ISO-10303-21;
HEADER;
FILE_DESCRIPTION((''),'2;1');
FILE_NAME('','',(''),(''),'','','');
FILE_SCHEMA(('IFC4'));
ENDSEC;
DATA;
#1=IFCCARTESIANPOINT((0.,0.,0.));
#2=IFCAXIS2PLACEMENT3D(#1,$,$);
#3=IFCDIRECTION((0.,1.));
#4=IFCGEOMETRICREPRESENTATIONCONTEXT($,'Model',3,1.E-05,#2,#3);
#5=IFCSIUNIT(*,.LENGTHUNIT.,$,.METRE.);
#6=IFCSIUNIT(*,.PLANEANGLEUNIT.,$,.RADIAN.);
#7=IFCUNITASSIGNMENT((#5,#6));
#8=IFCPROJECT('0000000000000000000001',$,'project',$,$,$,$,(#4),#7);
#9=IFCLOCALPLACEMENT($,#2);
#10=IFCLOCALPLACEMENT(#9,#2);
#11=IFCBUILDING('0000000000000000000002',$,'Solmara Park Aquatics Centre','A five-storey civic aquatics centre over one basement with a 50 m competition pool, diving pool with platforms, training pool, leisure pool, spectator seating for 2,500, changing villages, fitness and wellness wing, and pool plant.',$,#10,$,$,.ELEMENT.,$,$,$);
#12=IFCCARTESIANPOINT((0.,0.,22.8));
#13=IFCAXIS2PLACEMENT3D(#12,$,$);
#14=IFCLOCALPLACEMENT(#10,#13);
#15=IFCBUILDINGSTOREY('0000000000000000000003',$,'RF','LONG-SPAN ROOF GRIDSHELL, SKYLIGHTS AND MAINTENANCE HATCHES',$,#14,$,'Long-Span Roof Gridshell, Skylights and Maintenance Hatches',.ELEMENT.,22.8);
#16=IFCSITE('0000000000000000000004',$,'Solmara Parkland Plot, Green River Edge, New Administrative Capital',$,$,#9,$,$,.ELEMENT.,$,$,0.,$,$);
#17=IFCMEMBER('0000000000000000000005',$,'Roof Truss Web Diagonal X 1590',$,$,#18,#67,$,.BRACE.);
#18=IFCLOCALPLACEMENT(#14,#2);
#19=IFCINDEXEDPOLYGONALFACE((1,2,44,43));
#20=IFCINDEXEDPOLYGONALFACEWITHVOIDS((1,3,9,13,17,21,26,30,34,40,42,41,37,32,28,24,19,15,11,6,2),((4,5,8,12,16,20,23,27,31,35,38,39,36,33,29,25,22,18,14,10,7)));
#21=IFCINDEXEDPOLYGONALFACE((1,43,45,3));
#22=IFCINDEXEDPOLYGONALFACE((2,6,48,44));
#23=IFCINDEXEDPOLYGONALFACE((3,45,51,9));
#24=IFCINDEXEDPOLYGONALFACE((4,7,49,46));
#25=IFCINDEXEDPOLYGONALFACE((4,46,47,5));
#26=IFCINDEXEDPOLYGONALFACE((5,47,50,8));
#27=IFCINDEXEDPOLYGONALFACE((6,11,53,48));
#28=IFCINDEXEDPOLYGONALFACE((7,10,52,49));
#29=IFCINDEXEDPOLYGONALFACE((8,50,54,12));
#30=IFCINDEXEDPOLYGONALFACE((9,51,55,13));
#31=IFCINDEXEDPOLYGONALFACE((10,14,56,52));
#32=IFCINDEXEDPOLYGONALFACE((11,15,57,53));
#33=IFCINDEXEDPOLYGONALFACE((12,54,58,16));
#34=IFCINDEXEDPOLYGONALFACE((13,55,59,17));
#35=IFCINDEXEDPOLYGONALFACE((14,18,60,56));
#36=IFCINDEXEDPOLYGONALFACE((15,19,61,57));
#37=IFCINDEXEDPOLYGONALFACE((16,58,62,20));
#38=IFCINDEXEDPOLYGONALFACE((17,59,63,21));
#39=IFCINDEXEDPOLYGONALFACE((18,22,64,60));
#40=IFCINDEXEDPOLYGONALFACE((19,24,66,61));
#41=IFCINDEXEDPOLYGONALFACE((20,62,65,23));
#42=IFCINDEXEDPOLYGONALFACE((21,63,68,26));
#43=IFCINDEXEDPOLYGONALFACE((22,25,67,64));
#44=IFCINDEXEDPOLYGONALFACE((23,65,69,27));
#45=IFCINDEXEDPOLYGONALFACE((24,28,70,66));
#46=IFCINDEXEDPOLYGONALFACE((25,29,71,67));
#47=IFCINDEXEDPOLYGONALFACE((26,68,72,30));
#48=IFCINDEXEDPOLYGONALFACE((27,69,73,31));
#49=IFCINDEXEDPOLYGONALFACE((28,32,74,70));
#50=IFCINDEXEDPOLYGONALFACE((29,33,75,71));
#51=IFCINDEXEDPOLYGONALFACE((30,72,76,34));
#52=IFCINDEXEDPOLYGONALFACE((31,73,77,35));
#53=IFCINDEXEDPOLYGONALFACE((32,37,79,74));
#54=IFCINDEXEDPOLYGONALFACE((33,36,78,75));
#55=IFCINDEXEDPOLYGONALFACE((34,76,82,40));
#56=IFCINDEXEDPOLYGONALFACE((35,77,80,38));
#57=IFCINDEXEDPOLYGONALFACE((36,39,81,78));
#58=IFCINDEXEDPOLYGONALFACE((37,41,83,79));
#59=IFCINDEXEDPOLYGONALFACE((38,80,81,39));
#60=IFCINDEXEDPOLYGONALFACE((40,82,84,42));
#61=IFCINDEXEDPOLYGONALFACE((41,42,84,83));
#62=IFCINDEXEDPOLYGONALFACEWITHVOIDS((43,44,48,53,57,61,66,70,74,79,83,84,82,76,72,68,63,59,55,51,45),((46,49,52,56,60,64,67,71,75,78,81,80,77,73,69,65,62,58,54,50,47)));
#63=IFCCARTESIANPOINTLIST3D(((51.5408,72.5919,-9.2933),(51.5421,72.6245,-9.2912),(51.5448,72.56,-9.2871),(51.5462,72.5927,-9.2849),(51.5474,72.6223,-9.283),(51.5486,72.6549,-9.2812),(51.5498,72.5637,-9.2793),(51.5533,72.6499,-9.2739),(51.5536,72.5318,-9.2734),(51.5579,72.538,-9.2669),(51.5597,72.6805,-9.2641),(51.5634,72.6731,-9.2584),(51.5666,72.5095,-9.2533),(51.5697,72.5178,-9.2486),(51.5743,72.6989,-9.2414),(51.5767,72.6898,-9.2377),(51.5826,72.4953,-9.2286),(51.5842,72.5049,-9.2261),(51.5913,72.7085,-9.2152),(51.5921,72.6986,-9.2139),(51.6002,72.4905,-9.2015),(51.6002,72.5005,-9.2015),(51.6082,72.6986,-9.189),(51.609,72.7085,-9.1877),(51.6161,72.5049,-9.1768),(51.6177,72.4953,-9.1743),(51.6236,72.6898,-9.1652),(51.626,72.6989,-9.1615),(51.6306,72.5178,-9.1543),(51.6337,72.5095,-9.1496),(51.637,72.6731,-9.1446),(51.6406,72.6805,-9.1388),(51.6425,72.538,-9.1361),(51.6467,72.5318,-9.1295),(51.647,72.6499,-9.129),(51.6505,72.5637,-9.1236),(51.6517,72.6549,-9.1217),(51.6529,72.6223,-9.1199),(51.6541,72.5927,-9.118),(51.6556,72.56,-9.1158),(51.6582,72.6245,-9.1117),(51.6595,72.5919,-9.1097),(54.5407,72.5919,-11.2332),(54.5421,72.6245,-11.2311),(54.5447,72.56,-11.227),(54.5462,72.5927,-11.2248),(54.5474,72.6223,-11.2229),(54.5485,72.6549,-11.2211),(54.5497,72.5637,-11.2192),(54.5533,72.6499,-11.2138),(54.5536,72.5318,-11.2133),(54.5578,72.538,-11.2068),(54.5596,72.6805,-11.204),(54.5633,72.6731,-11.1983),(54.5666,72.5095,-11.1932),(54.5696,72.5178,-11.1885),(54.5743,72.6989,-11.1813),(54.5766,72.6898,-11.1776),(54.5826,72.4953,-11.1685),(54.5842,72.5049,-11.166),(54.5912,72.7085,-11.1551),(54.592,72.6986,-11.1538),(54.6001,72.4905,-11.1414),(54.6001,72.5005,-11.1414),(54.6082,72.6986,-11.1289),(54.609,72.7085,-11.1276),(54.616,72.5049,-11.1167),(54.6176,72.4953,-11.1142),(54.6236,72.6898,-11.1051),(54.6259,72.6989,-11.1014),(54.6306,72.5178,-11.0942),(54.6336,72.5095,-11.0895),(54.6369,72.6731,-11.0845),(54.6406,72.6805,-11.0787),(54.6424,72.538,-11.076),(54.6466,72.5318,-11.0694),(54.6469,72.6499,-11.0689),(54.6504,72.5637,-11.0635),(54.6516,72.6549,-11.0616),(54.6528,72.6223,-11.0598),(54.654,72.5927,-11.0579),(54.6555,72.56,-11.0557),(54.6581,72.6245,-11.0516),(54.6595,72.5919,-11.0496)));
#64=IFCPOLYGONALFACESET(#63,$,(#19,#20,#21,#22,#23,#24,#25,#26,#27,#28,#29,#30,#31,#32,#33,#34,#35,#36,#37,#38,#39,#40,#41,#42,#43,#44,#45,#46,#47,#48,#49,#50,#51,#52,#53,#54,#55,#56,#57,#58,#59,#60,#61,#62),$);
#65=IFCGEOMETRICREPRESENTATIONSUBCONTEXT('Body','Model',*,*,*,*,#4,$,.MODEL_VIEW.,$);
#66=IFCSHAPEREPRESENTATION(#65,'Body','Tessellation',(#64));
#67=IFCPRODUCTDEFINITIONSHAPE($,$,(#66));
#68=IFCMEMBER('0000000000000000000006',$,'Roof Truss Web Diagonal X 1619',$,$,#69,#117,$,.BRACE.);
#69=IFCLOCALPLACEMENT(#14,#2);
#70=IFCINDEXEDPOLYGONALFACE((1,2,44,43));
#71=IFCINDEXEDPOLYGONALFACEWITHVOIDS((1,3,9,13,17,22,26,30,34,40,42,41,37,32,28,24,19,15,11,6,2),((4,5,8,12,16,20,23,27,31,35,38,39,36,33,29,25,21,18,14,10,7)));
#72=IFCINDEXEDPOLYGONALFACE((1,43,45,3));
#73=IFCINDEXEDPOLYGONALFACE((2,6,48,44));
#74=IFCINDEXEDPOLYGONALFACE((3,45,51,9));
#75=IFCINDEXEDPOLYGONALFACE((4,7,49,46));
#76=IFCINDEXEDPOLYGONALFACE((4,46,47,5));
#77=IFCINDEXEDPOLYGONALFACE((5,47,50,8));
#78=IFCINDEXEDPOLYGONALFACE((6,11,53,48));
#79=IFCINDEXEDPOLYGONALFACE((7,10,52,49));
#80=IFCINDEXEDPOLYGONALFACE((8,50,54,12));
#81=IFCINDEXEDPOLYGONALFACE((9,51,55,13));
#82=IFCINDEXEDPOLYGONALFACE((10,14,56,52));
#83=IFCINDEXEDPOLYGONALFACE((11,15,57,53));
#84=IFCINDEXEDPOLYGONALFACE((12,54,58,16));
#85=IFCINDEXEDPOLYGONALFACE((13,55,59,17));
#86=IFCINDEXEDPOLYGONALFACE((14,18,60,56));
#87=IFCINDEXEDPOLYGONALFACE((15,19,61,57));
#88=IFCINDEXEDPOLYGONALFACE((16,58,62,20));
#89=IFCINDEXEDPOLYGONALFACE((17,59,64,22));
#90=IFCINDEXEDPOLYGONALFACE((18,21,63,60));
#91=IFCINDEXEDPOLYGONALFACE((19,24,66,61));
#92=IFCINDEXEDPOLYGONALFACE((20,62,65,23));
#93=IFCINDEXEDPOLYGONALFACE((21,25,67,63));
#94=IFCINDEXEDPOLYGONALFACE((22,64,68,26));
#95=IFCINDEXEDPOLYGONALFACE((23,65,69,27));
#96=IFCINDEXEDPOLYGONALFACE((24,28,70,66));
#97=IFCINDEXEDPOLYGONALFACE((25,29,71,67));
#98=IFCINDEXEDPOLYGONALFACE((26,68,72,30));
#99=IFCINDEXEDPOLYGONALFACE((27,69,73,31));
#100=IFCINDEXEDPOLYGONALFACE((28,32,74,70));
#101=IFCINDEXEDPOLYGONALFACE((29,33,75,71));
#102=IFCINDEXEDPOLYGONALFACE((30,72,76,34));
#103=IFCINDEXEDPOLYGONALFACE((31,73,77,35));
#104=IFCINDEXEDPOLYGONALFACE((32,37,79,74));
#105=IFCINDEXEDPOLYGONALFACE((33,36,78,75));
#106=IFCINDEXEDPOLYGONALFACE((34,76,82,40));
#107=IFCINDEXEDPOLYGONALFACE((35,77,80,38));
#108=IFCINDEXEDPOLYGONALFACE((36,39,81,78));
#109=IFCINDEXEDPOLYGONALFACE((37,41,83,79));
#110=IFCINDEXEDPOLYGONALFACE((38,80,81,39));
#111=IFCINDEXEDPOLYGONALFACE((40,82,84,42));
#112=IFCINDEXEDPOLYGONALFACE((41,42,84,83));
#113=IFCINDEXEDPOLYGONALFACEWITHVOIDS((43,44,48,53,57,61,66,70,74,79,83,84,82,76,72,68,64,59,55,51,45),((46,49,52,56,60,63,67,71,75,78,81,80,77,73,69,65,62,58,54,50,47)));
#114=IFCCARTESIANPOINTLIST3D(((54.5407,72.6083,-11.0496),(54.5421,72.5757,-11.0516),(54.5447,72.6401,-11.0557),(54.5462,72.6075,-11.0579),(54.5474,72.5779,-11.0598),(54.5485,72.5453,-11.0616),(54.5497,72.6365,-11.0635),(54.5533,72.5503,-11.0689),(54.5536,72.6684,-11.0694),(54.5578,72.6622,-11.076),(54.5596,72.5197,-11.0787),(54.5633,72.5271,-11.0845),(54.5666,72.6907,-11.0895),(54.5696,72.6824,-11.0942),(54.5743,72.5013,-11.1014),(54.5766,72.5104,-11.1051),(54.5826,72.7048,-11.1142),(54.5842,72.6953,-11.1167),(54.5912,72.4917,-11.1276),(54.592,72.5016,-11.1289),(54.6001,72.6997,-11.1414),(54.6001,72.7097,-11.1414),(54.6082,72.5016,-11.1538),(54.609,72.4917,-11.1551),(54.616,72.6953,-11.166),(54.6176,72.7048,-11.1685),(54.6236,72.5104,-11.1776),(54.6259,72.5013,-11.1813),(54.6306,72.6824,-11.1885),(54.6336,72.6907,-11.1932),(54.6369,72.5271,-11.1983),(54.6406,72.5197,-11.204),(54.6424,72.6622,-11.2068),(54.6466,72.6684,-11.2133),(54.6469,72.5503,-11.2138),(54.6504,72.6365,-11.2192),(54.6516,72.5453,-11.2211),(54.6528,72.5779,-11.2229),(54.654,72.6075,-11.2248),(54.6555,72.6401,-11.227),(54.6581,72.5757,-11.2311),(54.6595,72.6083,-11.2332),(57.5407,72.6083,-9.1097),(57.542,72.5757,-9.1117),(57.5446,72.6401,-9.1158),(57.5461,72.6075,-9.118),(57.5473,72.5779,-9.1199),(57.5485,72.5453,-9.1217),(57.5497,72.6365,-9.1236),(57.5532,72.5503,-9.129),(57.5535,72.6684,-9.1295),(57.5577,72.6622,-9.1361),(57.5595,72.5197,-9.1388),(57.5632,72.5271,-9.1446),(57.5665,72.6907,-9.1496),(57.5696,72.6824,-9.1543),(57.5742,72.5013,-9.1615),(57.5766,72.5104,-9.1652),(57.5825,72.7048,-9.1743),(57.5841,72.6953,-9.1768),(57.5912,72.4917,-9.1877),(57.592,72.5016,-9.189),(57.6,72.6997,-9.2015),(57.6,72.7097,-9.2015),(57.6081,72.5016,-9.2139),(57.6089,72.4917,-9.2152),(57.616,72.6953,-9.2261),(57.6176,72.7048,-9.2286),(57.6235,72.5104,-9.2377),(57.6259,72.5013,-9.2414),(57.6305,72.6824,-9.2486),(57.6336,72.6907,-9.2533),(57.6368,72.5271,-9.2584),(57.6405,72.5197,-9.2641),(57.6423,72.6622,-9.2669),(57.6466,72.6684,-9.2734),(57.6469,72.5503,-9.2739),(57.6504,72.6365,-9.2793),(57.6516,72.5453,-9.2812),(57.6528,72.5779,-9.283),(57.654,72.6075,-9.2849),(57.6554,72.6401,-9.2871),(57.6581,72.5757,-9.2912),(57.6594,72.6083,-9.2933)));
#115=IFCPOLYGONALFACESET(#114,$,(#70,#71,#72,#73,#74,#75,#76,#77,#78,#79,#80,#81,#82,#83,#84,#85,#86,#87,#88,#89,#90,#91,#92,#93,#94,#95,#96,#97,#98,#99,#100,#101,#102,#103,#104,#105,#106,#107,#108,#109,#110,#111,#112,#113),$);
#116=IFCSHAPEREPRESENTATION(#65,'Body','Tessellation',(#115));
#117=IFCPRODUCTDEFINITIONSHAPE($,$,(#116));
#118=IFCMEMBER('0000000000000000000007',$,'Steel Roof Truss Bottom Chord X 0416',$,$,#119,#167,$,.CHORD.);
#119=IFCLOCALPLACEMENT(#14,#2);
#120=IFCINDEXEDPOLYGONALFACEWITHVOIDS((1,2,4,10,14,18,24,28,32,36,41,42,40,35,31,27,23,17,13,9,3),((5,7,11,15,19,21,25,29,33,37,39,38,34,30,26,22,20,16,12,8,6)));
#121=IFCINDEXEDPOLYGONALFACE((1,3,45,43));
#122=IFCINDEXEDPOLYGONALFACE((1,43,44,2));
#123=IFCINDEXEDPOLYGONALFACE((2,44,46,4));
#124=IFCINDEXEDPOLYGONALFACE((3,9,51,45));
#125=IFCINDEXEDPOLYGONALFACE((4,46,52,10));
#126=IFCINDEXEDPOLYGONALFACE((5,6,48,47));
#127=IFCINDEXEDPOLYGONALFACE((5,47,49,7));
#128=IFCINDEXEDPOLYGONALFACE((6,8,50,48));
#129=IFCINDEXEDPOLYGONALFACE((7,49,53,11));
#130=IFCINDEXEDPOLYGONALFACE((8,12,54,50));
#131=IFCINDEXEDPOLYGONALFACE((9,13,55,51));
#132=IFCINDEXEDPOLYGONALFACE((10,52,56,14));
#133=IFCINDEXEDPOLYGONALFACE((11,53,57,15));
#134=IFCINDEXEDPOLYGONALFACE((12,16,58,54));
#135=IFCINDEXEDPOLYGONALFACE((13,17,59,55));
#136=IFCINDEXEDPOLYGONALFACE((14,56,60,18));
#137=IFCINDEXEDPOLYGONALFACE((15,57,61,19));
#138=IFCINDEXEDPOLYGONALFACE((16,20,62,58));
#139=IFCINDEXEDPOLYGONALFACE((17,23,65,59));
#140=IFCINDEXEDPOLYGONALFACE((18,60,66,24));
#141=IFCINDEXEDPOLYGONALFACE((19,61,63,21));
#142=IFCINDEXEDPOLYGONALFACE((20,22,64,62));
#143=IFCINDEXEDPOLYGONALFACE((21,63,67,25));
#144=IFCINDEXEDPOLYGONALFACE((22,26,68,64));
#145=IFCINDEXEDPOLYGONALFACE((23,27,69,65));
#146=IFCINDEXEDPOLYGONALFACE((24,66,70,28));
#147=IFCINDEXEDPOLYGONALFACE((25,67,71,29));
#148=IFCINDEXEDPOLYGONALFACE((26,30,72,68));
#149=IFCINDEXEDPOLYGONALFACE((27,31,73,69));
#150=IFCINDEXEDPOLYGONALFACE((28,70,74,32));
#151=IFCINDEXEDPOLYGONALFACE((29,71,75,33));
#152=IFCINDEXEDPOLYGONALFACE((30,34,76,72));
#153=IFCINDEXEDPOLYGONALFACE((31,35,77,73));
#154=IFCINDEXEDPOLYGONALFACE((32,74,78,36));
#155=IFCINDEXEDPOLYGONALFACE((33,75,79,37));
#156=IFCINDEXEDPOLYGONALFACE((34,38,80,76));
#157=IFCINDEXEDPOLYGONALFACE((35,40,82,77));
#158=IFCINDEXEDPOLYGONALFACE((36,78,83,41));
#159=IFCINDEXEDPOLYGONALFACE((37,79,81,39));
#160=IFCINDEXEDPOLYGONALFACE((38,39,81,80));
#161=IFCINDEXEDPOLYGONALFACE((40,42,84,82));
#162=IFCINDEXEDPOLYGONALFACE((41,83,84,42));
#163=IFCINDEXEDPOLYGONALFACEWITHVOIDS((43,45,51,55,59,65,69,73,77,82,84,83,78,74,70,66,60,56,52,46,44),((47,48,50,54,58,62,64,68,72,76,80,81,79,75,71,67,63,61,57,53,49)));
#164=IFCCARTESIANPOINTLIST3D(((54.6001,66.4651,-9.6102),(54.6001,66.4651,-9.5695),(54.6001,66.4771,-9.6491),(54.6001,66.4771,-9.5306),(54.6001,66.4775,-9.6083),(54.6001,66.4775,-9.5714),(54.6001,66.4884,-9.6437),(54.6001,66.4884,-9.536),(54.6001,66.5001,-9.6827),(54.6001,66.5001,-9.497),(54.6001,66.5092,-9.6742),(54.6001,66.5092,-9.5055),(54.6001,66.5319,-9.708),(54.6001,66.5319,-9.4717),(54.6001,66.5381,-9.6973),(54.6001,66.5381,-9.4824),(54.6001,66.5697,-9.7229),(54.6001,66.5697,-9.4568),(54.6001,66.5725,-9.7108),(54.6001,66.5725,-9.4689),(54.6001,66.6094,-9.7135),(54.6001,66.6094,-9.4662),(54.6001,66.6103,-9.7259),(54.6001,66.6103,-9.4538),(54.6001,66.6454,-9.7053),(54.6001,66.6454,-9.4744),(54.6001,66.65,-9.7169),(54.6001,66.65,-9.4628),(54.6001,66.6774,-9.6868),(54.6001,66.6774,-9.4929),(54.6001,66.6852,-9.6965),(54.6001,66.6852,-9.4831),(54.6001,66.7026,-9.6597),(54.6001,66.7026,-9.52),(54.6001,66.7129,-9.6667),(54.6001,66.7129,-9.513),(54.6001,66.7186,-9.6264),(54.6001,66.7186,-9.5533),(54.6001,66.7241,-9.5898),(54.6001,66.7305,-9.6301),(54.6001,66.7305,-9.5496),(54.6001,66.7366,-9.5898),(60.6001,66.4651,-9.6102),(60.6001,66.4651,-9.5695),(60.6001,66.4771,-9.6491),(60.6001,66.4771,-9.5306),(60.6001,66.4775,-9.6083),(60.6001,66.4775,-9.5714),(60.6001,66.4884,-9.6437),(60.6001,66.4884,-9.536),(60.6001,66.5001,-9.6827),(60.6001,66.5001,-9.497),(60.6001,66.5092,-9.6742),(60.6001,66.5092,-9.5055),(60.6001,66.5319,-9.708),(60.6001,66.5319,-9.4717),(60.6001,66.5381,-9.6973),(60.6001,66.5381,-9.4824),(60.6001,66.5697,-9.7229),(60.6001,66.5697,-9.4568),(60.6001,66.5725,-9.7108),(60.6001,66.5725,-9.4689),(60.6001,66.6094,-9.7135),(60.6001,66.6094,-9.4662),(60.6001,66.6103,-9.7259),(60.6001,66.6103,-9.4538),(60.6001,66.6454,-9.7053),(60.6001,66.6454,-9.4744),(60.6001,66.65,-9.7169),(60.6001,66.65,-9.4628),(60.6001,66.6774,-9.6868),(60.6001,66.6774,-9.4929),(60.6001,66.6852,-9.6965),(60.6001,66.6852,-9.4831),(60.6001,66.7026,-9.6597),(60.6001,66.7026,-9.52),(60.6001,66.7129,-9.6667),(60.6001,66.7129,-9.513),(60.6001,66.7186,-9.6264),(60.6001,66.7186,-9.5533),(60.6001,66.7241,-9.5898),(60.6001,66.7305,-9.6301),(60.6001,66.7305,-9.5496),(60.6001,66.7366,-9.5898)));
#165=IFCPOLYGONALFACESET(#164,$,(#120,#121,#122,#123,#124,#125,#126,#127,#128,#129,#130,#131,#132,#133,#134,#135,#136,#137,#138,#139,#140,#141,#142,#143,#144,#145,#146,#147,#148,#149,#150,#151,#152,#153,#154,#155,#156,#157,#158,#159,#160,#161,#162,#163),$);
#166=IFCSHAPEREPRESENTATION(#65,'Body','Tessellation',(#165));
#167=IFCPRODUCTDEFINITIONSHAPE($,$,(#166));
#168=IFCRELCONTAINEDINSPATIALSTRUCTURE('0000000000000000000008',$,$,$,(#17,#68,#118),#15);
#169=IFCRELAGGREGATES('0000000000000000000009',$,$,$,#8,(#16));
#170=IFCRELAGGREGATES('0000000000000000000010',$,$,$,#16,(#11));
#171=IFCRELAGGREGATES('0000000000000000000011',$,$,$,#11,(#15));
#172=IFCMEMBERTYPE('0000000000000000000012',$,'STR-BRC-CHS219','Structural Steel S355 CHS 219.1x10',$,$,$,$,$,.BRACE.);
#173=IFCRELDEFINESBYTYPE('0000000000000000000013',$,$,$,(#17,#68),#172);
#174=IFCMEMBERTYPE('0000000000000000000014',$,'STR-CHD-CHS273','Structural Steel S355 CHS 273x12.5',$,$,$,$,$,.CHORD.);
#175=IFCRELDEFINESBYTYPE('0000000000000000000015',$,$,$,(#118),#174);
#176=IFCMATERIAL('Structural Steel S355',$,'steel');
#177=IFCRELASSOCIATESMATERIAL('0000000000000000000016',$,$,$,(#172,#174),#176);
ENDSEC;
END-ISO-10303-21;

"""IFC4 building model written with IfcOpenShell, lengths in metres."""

from ifc_helpers import new_model, si_unit, direction, frame, origin, origin_2d, place, context, subcontext, project, spatial, hollow_circle, extrude, material, material_profile, profile_set, type_object, element, save


model = new_model("IFC4")

# Units and contexts
model_context = context("Model", 3, precision=1e-05, world=origin(), true_north=direction((0.0, 1.0)))
body_context = subcontext(model_context, "Body", "Model", "MODEL_VIEW")
ifc_project = project(units=[si_unit("LENGTHUNIT", "METRE"), si_unit("PLANEANGLEUNIT", "RADIAN")], contexts=[model_context])

# Site, building, storey
site_placement = place(None, origin())
site = spatial("IfcSite", under=ifc_project, at=site_placement, Name="Solmara Parkland Plot, Green River Edge, New Administrative Capital", CompositionType="ELEMENT", RefElevation=0.0)
building_placement = place(site_placement, origin())
building = spatial("IfcBuilding", under=site, at=building_placement, Name="Solmara Park Aquatics Centre", Description="A five-storey civic aquatics centre over one basement with a 50 m competition pool, diving pool with platforms, training pool, leisure pool, spectator seating for 2,500, changing villages, fitness and wellness wing, and pool plant.", CompositionType="ELEMENT")
storey_placement = place(building_placement, frame((0.0, 0.0, 22.8)))
storey = spatial("IfcBuildingStorey", under=building, at=storey_placement, Name="RF", Description="LONG-SPAN ROOF GRIDSHELL, SKYLIGHTS AND MAINTENANCE HATCHES", LongName="Long-Span Roof Gridshell, Skylights and Maintenance Hatches", CompositionType="ELEMENT", Elevation=22.8)

# Members
ifc_material_1 = material(Name="Structural Steel S355", Category="steel")
ifc_material_profile_1 = material_profile(ifc_material_1, hollow_circle(Radius=0.1096, WallThickness=0.01, at=origin_2d()), Name="CHS 219.1x10")
ifc_profile_set_1 = profile_set([ifc_material_profile_1], Name="Structural Steel S355")
member_type_1 = type_object("IfcMemberType", Name="STR-BRC-CHS219", Description="Structural Steel S355 CHS 219.1x10", PredefinedType="BRACE", material=ifc_profile_set_1)
for number, where, z_axis, x_axis, name in (
    (1, (54.6001, 72.6001, -11.1414), (-0.839728, 0.0, 0.543008), (0.0, -1.0, 0.0), "Roof Truss Web Diagonal X 1590"),
    (2, (54.6001, 72.6001, -11.1414), (0.839728, 0.0, 0.543008), (0.0, 1.0, 0.0), "Roof Truss Web Diagonal X 1619"),
):
    element("IfcMember", number, at=place(storey_placement, frame(where, z_axis=z_axis, x_axis=x_axis)), inside=storey, type_object=member_type_1, Name=name, PredefinedType="BRACE", context=body_context, shape_type="SweptSolid", body=[
        extrude(hollow_circle(Radius=0.1096, WallThickness=0.01, at=origin_2d()), origin(), (0.0, 0.0, 1.0), 3.5725),
    ])
ifc_material_profile_2 = material_profile(ifc_material_1, hollow_circle(Radius=0.1365, WallThickness=0.0125, at=origin_2d()), Name="CHS 273x12.5")
ifc_profile_set_2 = profile_set([ifc_material_profile_2], Name="Structural Steel S355")
member_type_2 = type_object("IfcMemberType", Name="STR-CHD-CHS273", Description="Structural Steel S355 CHS 273x12.5", PredefinedType="CHORD", material=ifc_profile_set_2)
for number, where, z_axis, x_axis, name in (
    (3, (54.6001, 66.6001, -9.5898), (1.0, 0.0, 0.0), (0.0, 1.0, 0.0), "Steel Roof Truss Bottom Chord X 0416"),
):
    element("IfcMember", number, at=place(storey_placement, frame(where, z_axis=z_axis, x_axis=x_axis)), inside=storey, type_object=member_type_2, Name=name, PredefinedType="CHORD", context=body_context, shape_type="SweptSolid", body=[
        extrude(hollow_circle(Radius=0.1365, WallThickness=0.0125, at=origin_2d()), origin(), (0.0, 0.0, 1.0), 6.0),
    ])

save(model, "model.ifc")
